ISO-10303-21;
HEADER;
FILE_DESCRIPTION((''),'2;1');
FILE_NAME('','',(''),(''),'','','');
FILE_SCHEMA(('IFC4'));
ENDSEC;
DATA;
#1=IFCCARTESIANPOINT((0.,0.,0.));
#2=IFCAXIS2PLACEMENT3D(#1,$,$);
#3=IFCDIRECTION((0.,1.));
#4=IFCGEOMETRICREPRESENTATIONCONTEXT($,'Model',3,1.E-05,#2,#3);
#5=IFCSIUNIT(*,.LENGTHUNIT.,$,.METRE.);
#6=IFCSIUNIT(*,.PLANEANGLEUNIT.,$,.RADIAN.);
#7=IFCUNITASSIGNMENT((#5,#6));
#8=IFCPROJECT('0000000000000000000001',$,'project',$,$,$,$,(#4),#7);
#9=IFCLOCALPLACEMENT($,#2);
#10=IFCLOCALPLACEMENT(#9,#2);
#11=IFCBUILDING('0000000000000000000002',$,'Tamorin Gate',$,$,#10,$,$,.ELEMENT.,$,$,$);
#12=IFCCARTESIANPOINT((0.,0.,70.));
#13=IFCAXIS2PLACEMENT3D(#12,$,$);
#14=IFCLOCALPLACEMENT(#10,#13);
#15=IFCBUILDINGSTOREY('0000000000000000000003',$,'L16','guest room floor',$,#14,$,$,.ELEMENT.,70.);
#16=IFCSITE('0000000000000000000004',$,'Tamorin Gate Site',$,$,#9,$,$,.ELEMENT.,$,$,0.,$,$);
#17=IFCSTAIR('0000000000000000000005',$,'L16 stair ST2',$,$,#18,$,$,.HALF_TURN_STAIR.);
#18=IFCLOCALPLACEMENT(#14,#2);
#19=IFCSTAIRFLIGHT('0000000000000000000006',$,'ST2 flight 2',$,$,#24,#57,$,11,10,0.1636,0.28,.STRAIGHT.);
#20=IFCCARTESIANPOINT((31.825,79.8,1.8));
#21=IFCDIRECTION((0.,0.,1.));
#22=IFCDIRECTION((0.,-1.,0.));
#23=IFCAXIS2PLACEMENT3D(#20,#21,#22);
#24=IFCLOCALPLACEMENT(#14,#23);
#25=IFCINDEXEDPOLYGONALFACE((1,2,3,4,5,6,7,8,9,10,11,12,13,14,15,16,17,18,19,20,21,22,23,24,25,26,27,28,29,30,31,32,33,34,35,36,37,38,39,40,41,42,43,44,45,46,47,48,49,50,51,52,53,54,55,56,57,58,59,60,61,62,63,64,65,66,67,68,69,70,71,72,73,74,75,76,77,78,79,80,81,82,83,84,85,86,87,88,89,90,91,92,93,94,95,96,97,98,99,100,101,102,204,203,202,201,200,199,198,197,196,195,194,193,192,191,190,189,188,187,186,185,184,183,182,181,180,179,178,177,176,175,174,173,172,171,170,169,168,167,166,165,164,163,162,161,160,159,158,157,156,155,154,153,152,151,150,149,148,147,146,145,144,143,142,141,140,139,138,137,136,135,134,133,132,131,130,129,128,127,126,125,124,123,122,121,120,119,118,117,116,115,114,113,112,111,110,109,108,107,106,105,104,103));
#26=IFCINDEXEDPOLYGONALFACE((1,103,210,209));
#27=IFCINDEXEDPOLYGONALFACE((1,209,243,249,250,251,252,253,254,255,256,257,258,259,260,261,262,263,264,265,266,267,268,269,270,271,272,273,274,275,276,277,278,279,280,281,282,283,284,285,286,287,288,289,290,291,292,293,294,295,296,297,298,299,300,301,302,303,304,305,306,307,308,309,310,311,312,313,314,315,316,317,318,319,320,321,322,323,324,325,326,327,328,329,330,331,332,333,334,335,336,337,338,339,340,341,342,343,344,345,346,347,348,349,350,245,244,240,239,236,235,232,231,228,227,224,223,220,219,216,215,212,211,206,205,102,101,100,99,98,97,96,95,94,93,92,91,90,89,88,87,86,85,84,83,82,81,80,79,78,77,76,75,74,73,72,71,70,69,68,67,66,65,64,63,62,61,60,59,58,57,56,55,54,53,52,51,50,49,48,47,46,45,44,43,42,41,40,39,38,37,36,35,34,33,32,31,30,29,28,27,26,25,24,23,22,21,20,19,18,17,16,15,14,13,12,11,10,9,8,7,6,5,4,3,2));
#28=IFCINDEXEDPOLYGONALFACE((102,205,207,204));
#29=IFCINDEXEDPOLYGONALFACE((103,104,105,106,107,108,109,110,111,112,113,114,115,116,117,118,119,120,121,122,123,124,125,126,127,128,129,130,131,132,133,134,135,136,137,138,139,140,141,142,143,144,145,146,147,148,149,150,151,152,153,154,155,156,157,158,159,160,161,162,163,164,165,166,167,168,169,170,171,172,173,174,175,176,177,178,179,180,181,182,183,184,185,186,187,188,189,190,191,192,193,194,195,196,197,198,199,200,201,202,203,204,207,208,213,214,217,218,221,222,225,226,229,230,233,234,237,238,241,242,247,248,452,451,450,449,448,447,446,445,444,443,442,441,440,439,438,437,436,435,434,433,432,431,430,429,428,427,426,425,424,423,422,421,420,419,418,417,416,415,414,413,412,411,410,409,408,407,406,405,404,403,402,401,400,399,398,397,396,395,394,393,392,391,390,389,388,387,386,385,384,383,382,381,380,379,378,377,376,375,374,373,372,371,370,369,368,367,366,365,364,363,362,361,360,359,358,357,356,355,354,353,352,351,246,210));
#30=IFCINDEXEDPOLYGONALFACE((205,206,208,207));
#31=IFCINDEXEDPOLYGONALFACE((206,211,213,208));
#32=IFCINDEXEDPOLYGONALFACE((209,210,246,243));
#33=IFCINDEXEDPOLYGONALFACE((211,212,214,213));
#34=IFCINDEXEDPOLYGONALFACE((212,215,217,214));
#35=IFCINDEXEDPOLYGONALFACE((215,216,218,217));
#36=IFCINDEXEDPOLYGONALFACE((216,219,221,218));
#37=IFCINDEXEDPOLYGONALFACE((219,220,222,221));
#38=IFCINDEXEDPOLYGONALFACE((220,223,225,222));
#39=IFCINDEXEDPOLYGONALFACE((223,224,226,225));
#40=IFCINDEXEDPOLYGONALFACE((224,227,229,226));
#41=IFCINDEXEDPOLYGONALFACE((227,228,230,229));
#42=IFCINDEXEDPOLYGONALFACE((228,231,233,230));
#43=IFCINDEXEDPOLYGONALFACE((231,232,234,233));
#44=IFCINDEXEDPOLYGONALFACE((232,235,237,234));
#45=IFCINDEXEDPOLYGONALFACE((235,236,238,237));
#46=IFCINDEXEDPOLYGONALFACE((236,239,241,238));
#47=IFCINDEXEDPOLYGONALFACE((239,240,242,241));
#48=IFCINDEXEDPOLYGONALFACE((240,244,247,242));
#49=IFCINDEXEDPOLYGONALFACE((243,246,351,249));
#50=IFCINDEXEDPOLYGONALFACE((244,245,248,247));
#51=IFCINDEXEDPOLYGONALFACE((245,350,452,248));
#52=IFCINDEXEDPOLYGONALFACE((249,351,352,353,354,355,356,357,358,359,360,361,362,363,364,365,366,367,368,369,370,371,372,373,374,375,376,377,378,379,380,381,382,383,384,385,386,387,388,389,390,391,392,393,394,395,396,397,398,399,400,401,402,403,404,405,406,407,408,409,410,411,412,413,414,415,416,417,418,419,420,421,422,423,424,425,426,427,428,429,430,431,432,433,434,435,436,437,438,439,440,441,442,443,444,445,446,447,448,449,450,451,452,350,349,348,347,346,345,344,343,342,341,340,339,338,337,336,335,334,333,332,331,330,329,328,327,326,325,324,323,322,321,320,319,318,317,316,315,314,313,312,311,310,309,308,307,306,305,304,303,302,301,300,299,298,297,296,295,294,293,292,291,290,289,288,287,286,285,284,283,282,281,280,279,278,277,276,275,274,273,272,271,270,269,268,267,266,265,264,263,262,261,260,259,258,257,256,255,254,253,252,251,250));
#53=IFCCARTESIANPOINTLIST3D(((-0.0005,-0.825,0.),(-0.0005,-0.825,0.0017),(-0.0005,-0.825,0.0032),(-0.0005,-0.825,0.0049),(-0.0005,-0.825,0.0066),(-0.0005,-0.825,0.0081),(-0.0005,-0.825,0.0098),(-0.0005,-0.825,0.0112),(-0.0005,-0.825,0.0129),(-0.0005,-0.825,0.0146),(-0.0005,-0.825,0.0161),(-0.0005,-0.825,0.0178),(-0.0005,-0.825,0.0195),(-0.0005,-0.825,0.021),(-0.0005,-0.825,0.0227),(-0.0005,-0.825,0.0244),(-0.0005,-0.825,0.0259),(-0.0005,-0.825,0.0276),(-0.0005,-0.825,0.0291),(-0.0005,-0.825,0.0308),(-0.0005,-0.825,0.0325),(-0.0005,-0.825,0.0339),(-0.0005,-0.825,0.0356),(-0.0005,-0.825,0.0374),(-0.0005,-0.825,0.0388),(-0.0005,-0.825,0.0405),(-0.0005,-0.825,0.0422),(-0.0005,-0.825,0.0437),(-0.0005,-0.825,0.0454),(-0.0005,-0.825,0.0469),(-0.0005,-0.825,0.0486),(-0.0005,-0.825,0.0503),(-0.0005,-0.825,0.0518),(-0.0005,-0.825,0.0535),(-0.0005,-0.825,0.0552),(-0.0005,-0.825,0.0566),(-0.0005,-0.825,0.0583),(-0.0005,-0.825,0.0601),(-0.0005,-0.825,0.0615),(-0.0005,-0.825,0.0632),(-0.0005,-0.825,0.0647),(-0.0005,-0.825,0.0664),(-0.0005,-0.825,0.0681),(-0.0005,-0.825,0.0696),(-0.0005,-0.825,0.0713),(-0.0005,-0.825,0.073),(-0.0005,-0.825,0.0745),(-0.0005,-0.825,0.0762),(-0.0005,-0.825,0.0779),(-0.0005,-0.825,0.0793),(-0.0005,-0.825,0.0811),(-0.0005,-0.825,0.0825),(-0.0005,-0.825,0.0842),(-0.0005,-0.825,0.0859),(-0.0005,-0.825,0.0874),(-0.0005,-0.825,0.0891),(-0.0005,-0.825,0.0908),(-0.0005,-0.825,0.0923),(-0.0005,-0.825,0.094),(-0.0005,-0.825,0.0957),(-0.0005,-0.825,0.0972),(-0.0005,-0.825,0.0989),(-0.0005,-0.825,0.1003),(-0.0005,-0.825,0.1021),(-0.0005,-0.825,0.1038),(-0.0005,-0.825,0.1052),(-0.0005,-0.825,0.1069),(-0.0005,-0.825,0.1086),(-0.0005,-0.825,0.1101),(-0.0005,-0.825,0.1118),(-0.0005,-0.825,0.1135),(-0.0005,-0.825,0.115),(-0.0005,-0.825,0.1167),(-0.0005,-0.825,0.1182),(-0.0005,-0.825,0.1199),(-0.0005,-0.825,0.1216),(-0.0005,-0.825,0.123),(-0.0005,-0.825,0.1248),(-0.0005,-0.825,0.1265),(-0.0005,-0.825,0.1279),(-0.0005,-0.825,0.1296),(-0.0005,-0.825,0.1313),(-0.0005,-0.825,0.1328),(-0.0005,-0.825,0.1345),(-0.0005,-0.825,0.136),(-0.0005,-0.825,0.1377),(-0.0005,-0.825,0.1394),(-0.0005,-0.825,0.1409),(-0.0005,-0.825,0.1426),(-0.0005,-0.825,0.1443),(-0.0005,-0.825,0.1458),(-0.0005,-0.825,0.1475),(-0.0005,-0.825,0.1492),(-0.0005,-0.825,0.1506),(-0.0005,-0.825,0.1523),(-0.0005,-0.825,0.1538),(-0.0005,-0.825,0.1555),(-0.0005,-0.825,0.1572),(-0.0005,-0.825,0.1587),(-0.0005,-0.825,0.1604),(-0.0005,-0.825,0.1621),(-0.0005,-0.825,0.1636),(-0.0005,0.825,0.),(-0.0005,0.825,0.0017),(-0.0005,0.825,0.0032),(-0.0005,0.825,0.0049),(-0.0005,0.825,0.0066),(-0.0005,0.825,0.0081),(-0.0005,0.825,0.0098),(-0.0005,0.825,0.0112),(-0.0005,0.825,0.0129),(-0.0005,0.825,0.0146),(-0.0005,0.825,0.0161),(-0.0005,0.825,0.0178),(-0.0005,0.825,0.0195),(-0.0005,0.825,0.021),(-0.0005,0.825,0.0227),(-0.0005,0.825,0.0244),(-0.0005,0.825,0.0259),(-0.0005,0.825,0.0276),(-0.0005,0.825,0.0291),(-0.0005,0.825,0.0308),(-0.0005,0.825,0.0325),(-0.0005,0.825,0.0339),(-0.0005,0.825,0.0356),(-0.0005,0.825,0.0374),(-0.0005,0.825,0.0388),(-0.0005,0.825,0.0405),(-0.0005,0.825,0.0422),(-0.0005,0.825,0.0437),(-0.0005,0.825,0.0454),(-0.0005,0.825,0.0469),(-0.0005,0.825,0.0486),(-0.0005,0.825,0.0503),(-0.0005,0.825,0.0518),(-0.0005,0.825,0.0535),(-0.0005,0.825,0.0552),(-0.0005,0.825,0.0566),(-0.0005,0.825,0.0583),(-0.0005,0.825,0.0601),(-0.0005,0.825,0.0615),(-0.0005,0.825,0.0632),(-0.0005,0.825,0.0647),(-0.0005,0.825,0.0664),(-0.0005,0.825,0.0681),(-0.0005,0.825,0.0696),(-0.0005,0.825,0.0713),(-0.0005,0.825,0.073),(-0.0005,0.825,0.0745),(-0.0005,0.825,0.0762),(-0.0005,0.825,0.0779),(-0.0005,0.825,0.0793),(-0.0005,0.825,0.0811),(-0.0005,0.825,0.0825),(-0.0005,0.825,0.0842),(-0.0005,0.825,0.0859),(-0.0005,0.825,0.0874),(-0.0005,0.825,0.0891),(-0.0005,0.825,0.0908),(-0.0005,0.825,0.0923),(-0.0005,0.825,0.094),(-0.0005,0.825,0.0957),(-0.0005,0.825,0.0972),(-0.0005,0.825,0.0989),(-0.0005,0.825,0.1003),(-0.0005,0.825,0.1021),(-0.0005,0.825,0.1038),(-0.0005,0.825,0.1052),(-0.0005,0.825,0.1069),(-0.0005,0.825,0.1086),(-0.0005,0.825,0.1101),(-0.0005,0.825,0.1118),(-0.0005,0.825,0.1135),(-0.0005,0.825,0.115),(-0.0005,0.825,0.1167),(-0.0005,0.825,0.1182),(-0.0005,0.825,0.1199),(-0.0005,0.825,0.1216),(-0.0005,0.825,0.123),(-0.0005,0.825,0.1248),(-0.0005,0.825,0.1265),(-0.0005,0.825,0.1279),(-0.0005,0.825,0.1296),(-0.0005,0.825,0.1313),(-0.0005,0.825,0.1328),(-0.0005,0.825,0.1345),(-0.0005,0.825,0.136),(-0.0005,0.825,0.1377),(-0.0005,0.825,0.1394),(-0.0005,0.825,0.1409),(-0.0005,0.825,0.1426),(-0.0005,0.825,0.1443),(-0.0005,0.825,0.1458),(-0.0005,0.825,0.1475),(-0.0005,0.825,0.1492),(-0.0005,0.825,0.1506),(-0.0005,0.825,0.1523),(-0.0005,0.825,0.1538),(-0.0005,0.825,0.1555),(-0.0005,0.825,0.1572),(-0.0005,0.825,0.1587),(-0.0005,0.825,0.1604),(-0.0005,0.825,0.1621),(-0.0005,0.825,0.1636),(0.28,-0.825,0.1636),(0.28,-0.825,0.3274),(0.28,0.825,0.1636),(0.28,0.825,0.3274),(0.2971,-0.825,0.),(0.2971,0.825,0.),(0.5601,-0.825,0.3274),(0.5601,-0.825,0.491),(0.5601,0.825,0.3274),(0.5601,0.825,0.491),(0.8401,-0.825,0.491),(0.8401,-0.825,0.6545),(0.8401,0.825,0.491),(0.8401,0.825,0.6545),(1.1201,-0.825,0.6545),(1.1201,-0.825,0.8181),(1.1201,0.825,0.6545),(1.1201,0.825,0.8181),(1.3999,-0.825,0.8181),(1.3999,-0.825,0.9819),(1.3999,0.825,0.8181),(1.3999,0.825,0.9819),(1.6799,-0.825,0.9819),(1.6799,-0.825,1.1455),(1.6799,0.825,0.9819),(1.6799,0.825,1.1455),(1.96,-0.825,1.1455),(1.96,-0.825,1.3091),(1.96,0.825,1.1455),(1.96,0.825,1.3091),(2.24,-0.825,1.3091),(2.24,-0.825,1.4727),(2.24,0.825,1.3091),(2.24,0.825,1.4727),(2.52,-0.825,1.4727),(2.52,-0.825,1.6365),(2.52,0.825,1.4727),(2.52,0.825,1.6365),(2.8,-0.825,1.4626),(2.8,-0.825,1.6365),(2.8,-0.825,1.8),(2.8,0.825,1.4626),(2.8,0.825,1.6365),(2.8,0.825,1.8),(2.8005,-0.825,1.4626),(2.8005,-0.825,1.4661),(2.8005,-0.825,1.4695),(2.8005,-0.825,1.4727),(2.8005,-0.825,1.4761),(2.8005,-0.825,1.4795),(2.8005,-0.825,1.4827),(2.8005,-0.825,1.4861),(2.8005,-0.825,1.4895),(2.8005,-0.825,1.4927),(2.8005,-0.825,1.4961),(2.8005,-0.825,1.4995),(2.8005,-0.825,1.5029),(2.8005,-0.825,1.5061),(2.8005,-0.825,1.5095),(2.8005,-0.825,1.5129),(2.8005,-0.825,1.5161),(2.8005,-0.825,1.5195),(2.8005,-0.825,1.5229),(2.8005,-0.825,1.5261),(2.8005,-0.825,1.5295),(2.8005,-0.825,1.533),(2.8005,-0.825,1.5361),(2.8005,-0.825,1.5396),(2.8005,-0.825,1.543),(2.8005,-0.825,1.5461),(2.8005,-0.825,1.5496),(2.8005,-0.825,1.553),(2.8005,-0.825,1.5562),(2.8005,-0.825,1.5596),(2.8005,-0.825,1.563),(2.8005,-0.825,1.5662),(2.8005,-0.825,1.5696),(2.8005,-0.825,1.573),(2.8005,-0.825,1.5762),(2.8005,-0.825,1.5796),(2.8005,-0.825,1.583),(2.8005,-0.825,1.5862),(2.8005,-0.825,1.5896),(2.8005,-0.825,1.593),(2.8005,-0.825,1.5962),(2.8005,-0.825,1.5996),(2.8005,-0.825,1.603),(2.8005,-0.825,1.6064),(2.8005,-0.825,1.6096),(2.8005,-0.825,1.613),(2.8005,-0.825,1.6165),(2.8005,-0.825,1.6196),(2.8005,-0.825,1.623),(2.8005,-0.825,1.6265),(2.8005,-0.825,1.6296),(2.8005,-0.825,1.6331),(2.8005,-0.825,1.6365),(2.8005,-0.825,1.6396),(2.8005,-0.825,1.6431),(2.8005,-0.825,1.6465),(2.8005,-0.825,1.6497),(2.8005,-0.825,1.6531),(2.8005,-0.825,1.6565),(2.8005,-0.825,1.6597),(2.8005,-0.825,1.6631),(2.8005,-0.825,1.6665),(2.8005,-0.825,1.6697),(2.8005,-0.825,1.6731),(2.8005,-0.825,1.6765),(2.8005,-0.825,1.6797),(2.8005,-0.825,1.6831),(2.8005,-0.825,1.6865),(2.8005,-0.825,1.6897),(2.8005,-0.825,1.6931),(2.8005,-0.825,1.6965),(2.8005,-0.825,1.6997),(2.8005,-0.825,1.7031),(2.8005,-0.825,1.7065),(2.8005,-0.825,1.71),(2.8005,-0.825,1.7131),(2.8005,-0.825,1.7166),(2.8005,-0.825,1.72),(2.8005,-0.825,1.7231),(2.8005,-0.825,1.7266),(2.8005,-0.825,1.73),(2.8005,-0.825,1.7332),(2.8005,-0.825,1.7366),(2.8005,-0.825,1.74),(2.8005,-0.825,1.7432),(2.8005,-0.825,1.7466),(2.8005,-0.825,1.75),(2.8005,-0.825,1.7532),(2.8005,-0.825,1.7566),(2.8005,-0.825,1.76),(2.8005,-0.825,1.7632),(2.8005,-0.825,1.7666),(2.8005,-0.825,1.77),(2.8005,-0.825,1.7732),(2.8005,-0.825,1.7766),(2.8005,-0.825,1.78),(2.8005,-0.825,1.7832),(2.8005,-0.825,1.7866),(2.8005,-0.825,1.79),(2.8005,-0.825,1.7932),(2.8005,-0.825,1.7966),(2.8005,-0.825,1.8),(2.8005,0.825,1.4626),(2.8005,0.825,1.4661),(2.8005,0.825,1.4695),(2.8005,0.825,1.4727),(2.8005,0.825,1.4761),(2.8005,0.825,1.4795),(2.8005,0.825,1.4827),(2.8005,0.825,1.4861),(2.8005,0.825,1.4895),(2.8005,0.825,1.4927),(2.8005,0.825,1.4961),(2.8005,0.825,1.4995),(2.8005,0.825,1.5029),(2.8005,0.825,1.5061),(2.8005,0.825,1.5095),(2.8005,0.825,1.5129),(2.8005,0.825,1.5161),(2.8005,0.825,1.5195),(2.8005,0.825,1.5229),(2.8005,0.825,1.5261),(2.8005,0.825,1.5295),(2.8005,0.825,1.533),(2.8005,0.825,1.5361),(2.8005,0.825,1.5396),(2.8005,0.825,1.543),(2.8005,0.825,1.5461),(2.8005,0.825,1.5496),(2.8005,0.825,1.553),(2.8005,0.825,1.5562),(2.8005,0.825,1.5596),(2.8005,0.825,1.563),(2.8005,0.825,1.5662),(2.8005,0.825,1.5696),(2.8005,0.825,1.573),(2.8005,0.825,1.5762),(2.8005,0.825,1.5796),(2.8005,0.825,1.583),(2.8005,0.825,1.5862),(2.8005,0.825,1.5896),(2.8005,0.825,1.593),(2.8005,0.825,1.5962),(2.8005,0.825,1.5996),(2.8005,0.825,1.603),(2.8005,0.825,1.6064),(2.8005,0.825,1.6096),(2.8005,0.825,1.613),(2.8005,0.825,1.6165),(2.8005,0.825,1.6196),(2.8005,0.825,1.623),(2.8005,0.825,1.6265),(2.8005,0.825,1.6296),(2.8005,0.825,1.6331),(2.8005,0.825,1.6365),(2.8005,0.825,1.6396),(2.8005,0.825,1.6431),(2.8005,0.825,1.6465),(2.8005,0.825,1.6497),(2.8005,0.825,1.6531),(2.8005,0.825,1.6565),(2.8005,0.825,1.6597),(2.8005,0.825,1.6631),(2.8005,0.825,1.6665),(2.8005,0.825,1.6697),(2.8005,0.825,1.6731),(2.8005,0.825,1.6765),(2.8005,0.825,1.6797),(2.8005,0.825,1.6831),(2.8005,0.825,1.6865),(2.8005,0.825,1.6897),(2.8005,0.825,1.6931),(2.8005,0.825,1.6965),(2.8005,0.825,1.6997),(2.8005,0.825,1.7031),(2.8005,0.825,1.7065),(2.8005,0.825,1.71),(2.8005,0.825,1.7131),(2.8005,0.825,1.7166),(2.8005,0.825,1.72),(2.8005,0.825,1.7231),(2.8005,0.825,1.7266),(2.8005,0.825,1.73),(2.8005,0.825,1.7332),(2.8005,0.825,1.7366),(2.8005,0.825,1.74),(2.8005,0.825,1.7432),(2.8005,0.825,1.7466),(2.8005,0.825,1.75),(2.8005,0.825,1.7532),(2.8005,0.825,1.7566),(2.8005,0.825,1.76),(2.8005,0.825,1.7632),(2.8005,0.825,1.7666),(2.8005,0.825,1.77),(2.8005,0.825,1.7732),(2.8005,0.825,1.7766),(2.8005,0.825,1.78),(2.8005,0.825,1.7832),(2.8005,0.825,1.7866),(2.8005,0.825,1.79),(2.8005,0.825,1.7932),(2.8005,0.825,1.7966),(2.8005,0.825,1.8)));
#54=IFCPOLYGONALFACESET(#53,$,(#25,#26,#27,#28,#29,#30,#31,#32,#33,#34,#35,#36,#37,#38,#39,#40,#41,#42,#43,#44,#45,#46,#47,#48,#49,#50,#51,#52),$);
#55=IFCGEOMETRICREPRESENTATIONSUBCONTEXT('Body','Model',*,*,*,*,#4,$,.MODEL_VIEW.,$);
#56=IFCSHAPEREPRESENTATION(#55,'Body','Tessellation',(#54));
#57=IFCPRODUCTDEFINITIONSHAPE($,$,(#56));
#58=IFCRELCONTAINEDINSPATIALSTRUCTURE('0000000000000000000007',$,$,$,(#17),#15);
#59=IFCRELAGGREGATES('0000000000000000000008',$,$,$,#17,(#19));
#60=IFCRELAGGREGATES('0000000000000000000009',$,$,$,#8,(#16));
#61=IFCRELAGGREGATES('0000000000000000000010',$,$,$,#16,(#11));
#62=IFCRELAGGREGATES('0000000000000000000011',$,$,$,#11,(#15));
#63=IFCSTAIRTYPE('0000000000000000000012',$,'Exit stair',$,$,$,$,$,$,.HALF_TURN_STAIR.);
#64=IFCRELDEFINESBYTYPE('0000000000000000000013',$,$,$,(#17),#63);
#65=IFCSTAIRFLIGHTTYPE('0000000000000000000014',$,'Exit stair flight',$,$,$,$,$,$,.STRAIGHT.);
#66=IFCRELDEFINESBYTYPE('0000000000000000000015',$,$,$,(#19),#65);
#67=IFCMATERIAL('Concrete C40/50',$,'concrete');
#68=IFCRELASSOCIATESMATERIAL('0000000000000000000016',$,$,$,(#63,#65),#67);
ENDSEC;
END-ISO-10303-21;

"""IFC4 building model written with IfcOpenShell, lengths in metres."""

from ifc_helpers import new_model, si_unit, direction, frame, origin, place, context, subcontext, project, spatial, polyline, outline, extrude, material, type_object, element, aggregate, save


model = new_model("IFC4")

# Units and contexts
model_context = context("Model", 3, precision=1e-05, world=origin(), true_north=direction((0.0, 1.0)))
body_context = subcontext(model_context, "Body", "Model", "MODEL_VIEW")
ifc_project = project(units=[si_unit("LENGTHUNIT", "METRE"), si_unit("PLANEANGLEUNIT", "RADIAN")], contexts=[model_context])

# Site, building, storey
site_placement = place(None, origin())
site = spatial("IfcSite", under=ifc_project, at=site_placement, Name="Tamorin Gate Site", CompositionType="ELEMENT", RefElevation=0.0)
building_placement = place(site_placement, origin())
building = spatial("IfcBuilding", under=site, at=building_placement, Name="Tamorin Gate", CompositionType="ELEMENT")
storey_placement = place(building_placement, frame((0.0, 0.0, 70.0)))
storey = spatial("IfcBuildingStorey", under=building, at=storey_placement, Name="L16", Description="guest room floor", CompositionType="ELEMENT", Elevation=70.0)

# Shared definitions
ifc_material_1 = material(Name="Concrete C40/50", Category="concrete")

# Stair, stair flight
stair_type = type_object("IfcStairType", Name="Exit stair", PredefinedType="HALF_TURN_STAIR", material=ifc_material_1)
stair_placement = place(storey_placement, origin())
stair = element("IfcStair", 1, at=stair_placement, inside=storey, type_object=stair_type, Name="L16 stair ST2", PredefinedType="HALF_TURN_STAIR")
stair_flight_type = type_object("IfcStairFlightType", Name="Exit stair flight", PredefinedType="STRAIGHT", material=ifc_material_1)
stair_flight_1_placement = place(storey_placement, frame((31.825, 79.8, 1.8), z_axis=(0.0, 0.0, 1.0), x_axis=(0.0, -1.0, 0.0)))
stair_flight_1 = element("IfcStairFlight", 2, at=stair_flight_1_placement, type_object=stair_flight_type, Name="ST2 flight 2", NumberOfRisers=11, NumberOfTreads=10, PredefinedType="STRAIGHT", RiserHeight=0.1636, TreadLength=0.28, context=body_context, shape_type="SweptSolid", body=[
    extrude(outline(polyline([(-0.0005, 0.0), (-0.0005, 0.0017), (-0.0005, 0.0032), (-0.0005, 0.0049), (-0.0005, 0.0066), (-0.0005, 0.0081), (-0.0005, 0.0098), (-0.0005, 0.0112), (-0.0005, 0.0129), (-0.0005, 0.0146), (-0.0005, 0.0161), (-0.0005, 0.0178), (-0.0005, 0.0195), (-0.0005, 0.021), (-0.0005, 0.0227), (-0.0005, 0.0244), (-0.0005, 0.0259), (-0.0005, 0.0276), (-0.0005, 0.0291), (-0.0005, 0.0308), (-0.0005, 0.0325), (-0.0005, 0.0339), (-0.0005, 0.0356), (-0.0005, 0.0374), (-0.0005, 0.0388), (-0.0005, 0.0405), (-0.0005, 0.0422), (-0.0005, 0.0437), (-0.0005, 0.0454), (-0.0005, 0.0469), (-0.0005, 0.0486), (-0.0005, 0.0503), (-0.0005, 0.0518), (-0.0005, 0.0535), (-0.0005, 0.0552), (-0.0005, 0.0566), (-0.0005, 0.0583), (-0.0005, 0.0601), (-0.0005, 0.0615), (-0.0005, 0.0632), (-0.0005, 0.0647), (-0.0005, 0.0664), (-0.0005, 0.0681), (-0.0005, 0.0696), (-0.0005, 0.0713), (-0.0005, 0.073), (-0.0005, 0.0745), (-0.0005, 0.0762), (-0.0005, 0.0779), (-0.0005, 0.0793), (-0.0005, 0.0811), (-0.0005, 0.0825), (-0.0005, 0.0842), (-0.0005, 0.0859), (-0.0005, 0.0874), (-0.0005, 0.0891), (-0.0005, 0.0908), (-0.0005, 0.0923), (-0.0005, 0.094), (-0.0005, 0.0957), (-0.0005, 0.0972), (-0.0005, 0.0989), (-0.0005, 0.1003), (-0.0005, 0.1021), (-0.0005, 0.1038), (-0.0005, 0.1052), (-0.0005, 0.1069), (-0.0005, 0.1086), (-0.0005, 0.1101), (-0.0005, 0.1118), (-0.0005, 0.1135), (-0.0005, 0.115), (-0.0005, 0.1167), (-0.0005, 0.1182), (-0.0005, 0.1199), (-0.0005, 0.1216), (-0.0005, 0.123), (-0.0005, 0.1248), (-0.0005, 0.1265), (-0.0005, 0.1279), (-0.0005, 0.1296), (-0.0005, 0.1313), (-0.0005, 0.1328), (-0.0005, 0.1345), (-0.0005, 0.136), (-0.0005, 0.1377), (-0.0005, 0.1394), (-0.0005, 0.1409), (-0.0005, 0.1426), (-0.0005, 0.1443), (-0.0005, 0.1458), (-0.0005, 0.1475), (-0.0005, 0.1492), (-0.0005, 0.1506), (-0.0005, 0.1523), (-0.0005, 0.1538), (-0.0005, 0.1555), (-0.0005, 0.1572), (-0.0005, 0.1587), (-0.0005, 0.1604), (-0.0005, 0.1621), (-0.0005, 0.1636), (0.28, 0.1636), (0.28, 0.3274), (0.5601, 0.3274), (0.5601, 0.491), (0.8401, 0.491), (0.8401, 0.6545), (1.1201, 0.6545), (1.1201, 0.8181), (1.3999, 0.8181), (1.3999, 0.9819), (1.6799, 0.9819), (1.6799, 1.1455), (1.96, 1.1455), (1.96, 1.3091), (2.24, 1.3091), (2.24, 1.4727), (2.52, 1.4727), (2.52, 1.6365), (2.8, 1.6365), (2.8, 1.8), (2.8005, 1.8), (2.8005, 1.7966), (2.8005, 1.7932), (2.8005, 1.79), (2.8005, 1.7866), (2.8005, 1.7832), (2.8005, 1.78), (2.8005, 1.7766), (2.8005, 1.7732), (2.8005, 1.77), (2.8005, 1.7666), (2.8005, 1.7632), (2.8005, 1.76), (2.8005, 1.7566), (2.8005, 1.7532), (2.8005, 1.75), (2.8005, 1.7466), (2.8005, 1.7432), (2.8005, 1.74), (2.8005, 1.7366), (2.8005, 1.7332), (2.8005, 1.73), (2.8005, 1.7266), (2.8005, 1.7231), (2.8005, 1.72), (2.8005, 1.7166), (2.8005, 1.7131), (2.8005, 1.71), (2.8005, 1.7065), (2.8005, 1.7031), (2.8005, 1.6997), (2.8005, 1.6965), (2.8005, 1.6931), (2.8005, 1.6897), (2.8005, 1.6865), (2.8005, 1.6831), (2.8005, 1.6797), (2.8005, 1.6765), (2.8005, 1.6731), (2.8005, 1.6697), (2.8005, 1.6665), (2.8005, 1.6631), (2.8005, 1.6597), (2.8005, 1.6565), (2.8005, 1.6531), (2.8005, 1.6497), (2.8005, 1.6465), (2.8005, 1.6431), (2.8005, 1.6396), (2.8005, 1.6365), (2.8005, 1.6331), (2.8005, 1.6296), (2.8005, 1.6265), (2.8005, 1.623), (2.8005, 1.6196), (2.8005, 1.6165), (2.8005, 1.613), (2.8005, 1.6096), (2.8005, 1.6064), (2.8005, 1.603), (2.8005, 1.5996), (2.8005, 1.5962), (2.8005, 1.593), (2.8005, 1.5896), (2.8005, 1.5862), (2.8005, 1.583), (2.8005, 1.5796), (2.8005, 1.5762), (2.8005, 1.573), (2.8005, 1.5696), (2.8005, 1.5662), (2.8005, 1.563), (2.8005, 1.5596), (2.8005, 1.5562), (2.8005, 1.553), (2.8005, 1.5496), (2.8005, 1.5461), (2.8005, 1.543), (2.8005, 1.5396), (2.8005, 1.5361), (2.8005, 1.533), (2.8005, 1.5295), (2.8005, 1.5261), (2.8005, 1.5229), (2.8005, 1.5195), (2.8005, 1.5161), (2.8005, 1.5129), (2.8005, 1.5095), (2.8005, 1.5061), (2.8005, 1.5029), (2.8005, 1.4995), (2.8005, 1.4961), (2.8005, 1.4927), (2.8005, 1.4895), (2.8005, 1.4861), (2.8005, 1.4827), (2.8005, 1.4795), (2.8005, 1.4761), (2.8005, 1.4727), (2.8005, 1.4695), (2.8005, 1.4661), (2.8005, 1.4626), (2.8, 1.4626), (0.2971, 0.0), (-0.0005, 0.0)])), frame((0.0, 0.825, 0.0), z_axis=(0.0, -1.0, 0.0), x_axis=(1.0, 0.0, 0.0)), (0.0, 0.0, 1.0), 1.6499),
])
aggregate(stair, [stair_flight_1])

save(model, "model.ifc")
